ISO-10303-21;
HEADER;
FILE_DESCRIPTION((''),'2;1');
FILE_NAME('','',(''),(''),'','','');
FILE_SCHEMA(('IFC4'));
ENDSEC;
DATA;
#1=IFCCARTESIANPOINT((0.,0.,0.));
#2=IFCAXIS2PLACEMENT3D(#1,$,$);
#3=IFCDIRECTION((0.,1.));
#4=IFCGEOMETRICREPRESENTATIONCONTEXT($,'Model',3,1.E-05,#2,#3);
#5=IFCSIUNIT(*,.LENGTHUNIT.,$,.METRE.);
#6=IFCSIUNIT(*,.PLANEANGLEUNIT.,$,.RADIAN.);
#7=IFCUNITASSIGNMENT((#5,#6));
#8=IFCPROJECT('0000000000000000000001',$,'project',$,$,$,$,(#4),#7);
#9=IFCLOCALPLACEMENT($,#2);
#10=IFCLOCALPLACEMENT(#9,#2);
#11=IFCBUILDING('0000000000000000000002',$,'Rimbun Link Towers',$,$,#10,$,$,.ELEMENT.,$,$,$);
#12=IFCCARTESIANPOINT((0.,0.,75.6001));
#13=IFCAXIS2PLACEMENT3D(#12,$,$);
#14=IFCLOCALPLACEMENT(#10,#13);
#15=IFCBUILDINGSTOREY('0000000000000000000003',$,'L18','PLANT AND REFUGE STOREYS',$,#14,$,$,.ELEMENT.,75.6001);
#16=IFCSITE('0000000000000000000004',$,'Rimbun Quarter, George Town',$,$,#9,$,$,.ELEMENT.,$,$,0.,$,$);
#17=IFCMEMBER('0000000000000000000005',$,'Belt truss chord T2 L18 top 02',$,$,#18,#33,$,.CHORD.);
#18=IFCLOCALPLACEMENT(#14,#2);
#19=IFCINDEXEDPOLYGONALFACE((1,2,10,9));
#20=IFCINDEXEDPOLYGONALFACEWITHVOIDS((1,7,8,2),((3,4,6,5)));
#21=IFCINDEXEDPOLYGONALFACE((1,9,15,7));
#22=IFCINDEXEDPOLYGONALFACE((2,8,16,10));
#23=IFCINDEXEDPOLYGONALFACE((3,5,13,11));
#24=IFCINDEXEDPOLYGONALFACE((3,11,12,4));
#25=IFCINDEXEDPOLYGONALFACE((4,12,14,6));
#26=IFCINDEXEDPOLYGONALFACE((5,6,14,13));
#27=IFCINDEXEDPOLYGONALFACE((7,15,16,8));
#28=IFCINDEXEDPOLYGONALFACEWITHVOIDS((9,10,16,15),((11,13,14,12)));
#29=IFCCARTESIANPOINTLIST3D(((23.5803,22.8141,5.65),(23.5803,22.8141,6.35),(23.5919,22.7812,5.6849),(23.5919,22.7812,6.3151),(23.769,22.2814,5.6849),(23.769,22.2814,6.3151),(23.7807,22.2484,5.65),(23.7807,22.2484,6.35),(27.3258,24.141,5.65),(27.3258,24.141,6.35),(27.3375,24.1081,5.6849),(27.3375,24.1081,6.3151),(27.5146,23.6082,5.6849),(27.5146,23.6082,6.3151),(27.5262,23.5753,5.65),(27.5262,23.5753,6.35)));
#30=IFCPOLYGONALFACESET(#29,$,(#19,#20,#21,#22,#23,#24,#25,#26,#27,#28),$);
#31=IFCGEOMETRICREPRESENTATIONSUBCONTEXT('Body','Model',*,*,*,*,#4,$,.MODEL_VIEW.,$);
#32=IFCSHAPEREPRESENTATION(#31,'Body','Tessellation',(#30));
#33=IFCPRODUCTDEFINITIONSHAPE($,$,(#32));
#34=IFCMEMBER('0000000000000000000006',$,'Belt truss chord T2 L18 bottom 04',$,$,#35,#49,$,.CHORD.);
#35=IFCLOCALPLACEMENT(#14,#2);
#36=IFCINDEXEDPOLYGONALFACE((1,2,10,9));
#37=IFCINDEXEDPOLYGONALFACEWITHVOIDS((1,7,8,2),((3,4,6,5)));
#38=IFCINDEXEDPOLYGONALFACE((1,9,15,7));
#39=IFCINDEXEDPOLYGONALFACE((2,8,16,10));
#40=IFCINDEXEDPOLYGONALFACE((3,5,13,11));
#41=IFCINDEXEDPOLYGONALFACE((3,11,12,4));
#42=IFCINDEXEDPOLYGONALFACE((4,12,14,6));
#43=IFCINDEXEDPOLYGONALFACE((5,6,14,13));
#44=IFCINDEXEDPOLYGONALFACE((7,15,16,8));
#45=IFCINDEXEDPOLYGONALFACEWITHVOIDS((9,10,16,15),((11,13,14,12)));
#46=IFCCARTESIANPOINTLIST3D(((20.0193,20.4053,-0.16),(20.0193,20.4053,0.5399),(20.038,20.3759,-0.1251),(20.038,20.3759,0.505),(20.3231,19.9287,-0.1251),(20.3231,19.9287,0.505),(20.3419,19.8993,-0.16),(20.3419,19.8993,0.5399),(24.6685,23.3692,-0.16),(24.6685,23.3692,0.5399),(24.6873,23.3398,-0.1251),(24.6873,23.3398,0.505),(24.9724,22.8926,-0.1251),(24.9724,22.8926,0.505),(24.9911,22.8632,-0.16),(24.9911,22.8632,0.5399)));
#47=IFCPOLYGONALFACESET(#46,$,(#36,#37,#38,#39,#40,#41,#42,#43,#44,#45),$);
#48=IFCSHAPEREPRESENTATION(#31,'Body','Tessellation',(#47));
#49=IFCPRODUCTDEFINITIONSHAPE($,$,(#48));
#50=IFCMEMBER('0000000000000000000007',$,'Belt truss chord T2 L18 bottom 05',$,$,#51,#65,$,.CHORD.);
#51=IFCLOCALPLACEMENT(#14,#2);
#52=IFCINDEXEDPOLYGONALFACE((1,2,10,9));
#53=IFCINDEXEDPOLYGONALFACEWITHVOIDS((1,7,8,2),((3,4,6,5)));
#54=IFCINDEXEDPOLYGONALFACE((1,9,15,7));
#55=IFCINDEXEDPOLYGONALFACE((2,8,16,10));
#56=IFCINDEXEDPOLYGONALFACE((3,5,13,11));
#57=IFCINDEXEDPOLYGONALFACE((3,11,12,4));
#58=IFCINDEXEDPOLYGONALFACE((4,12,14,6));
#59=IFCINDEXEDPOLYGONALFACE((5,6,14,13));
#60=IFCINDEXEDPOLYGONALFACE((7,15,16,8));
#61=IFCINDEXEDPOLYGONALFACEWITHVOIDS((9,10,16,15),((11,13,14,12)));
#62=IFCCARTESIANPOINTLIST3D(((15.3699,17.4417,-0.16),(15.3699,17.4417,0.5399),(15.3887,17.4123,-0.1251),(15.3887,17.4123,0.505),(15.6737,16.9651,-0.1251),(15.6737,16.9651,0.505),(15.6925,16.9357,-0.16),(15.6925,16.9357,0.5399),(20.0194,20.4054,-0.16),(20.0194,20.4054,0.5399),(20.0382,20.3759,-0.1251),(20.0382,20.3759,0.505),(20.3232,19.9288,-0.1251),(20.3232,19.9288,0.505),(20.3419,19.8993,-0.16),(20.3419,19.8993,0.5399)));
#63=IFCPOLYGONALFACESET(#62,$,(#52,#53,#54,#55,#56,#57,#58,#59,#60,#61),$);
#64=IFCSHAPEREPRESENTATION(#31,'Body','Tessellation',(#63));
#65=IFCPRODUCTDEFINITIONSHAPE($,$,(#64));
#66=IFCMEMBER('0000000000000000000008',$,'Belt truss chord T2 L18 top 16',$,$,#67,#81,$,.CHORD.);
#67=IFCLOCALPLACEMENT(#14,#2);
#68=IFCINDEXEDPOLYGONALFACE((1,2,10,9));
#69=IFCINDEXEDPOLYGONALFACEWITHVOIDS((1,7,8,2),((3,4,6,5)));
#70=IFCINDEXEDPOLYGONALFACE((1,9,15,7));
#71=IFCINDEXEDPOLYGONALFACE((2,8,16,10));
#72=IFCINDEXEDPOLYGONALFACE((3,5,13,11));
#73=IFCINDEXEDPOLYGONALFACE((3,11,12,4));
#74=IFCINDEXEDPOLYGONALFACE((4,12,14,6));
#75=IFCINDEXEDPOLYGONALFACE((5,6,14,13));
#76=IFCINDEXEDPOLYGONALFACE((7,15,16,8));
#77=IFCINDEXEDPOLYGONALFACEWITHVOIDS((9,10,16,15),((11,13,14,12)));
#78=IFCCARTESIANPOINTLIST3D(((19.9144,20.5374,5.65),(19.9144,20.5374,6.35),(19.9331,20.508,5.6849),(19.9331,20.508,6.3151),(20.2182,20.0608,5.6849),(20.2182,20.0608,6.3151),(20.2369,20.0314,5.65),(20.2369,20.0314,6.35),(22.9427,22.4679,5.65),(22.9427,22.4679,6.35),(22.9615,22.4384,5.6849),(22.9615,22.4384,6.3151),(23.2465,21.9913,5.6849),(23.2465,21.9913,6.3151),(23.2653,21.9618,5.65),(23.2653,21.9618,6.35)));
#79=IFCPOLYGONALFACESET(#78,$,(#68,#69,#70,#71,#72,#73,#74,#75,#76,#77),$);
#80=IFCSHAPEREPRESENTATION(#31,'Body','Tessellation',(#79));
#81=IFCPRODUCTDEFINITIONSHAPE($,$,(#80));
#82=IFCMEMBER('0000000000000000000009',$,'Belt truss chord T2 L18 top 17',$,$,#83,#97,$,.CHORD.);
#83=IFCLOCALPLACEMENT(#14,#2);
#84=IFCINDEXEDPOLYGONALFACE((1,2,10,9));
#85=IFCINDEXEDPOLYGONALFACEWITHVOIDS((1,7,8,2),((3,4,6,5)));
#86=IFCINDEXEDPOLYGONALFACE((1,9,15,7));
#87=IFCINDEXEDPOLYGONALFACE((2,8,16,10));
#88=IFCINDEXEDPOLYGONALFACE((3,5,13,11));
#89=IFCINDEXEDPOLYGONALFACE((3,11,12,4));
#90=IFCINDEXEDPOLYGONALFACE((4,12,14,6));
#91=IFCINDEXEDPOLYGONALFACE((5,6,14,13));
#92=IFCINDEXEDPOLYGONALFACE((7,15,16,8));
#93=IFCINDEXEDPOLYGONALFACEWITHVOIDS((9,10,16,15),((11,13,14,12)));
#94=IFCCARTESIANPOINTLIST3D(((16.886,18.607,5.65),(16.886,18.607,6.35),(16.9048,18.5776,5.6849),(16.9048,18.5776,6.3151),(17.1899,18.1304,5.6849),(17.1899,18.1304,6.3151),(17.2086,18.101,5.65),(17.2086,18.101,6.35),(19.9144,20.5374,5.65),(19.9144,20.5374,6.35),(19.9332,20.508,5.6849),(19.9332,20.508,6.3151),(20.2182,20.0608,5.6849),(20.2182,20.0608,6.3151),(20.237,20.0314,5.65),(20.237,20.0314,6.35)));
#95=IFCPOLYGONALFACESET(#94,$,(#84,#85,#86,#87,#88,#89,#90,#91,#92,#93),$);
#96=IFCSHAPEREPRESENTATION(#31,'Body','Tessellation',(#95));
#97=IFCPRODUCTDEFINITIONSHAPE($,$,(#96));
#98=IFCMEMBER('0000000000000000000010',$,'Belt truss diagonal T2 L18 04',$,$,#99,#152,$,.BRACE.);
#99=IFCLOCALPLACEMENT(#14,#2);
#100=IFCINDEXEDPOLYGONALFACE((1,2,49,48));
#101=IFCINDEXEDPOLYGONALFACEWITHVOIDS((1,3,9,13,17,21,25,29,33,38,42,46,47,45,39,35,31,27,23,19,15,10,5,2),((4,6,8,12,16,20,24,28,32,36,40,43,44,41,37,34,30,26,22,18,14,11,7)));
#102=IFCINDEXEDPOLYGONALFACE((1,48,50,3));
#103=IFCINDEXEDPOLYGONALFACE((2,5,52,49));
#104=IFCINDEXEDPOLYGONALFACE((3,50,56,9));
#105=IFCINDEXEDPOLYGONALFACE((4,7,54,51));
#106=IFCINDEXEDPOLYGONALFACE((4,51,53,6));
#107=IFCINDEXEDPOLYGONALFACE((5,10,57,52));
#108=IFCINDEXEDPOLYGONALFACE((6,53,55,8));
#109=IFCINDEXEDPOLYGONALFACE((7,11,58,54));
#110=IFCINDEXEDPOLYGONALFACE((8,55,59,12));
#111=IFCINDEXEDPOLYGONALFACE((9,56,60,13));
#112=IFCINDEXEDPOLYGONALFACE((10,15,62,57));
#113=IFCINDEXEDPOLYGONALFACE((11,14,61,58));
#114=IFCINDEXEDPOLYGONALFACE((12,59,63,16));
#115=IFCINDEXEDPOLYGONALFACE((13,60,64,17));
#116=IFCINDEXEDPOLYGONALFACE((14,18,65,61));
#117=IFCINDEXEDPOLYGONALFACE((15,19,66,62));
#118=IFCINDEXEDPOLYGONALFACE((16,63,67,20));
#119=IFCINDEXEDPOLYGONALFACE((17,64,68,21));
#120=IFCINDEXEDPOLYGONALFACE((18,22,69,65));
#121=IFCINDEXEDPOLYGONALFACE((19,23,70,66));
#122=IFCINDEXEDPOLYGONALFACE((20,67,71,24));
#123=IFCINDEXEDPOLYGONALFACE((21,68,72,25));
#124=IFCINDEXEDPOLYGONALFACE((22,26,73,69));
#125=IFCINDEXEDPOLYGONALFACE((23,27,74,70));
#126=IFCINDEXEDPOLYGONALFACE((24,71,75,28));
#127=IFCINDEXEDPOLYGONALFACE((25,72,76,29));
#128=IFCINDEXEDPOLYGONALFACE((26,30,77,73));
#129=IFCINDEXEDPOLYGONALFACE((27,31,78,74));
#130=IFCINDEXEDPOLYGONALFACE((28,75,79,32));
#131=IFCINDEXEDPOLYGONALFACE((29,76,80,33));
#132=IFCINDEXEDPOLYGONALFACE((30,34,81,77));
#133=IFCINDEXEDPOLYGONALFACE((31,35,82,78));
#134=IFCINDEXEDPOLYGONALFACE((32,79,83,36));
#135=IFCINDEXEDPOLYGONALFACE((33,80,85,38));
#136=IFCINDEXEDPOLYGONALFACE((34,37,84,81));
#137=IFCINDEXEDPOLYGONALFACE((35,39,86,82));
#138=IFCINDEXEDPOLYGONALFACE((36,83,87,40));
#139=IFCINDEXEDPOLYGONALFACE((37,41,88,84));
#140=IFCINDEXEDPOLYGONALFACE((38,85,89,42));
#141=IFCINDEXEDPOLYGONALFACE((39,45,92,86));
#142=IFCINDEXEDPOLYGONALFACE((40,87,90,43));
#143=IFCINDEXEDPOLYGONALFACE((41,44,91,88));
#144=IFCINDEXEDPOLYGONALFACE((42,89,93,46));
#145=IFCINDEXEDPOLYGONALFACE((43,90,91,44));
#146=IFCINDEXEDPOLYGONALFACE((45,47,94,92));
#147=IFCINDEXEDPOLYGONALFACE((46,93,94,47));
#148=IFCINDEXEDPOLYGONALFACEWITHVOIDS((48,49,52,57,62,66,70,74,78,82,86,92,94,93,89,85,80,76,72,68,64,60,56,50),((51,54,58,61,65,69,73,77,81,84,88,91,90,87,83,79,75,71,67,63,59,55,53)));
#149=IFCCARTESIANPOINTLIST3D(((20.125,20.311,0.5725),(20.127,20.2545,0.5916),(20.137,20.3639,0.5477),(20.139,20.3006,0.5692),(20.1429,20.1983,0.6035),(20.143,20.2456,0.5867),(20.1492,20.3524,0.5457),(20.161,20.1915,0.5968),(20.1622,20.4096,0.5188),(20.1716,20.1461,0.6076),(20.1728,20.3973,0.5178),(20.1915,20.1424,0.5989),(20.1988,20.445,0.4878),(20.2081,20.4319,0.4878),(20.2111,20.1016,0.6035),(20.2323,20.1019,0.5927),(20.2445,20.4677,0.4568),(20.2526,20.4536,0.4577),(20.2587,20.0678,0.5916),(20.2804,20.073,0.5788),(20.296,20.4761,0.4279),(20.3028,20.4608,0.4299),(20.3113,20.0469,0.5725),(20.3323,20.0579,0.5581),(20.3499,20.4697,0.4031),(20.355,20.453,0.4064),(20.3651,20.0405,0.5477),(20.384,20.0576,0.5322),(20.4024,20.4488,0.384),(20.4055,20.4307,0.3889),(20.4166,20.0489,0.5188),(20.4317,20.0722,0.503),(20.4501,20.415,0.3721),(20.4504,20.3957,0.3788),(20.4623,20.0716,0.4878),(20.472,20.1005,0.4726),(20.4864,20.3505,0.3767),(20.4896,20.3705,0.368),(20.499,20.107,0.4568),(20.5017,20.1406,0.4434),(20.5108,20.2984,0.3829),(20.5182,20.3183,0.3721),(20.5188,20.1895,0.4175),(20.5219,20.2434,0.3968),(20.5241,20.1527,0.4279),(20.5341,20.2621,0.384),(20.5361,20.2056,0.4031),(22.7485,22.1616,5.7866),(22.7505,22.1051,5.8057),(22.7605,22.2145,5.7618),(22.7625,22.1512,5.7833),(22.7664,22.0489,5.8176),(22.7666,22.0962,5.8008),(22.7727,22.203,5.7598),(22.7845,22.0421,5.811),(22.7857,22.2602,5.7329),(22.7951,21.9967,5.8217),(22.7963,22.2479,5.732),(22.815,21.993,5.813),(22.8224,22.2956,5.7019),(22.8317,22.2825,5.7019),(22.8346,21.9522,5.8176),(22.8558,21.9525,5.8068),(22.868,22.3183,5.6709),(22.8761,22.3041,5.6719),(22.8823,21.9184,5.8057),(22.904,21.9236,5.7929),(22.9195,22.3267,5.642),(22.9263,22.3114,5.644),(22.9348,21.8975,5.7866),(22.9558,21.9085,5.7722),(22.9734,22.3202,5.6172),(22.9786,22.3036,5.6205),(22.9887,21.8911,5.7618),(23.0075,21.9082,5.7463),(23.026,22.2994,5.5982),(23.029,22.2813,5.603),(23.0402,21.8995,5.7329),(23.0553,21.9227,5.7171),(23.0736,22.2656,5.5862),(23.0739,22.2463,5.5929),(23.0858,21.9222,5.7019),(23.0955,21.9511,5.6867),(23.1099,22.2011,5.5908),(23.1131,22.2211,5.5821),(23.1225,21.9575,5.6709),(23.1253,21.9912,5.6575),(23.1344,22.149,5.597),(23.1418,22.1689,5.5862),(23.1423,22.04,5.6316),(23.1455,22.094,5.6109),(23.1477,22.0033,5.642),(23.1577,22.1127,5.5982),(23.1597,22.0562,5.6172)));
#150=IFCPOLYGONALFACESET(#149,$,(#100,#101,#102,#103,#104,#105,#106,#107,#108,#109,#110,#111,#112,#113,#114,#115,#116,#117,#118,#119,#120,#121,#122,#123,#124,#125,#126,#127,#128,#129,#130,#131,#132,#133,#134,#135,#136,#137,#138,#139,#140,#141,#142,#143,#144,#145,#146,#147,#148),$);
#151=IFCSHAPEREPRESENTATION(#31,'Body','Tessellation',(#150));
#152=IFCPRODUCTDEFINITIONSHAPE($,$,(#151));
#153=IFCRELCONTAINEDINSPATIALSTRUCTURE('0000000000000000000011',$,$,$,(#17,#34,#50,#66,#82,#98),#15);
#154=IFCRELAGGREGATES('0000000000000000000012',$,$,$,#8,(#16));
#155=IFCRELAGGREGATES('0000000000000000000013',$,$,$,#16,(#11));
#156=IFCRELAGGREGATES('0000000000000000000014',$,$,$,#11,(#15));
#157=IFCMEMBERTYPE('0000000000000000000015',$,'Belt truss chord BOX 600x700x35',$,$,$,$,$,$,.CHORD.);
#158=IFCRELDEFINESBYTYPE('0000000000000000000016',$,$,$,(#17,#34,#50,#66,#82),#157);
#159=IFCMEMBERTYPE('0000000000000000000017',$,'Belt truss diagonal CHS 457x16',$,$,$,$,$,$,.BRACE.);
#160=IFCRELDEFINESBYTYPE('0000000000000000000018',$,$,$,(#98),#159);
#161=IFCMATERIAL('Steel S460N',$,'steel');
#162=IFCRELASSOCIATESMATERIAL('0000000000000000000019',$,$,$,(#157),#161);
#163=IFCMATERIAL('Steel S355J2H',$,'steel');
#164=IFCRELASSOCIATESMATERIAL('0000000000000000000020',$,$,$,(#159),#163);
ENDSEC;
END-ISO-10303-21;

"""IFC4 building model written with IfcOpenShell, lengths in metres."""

from ifc_helpers import new_model, si_unit, direction, frame, origin, origin_2d, place, context, subcontext, project, spatial, hollow_rectangle, hollow_circle, extrude, material, material_profile, profile_set, type_object, element, save


model = new_model("IFC4")

# Units and contexts
model_context = context("Model", 3, precision=1e-05, world=origin(), true_north=direction((0.0, 1.0)))
body_context = subcontext(model_context, "Body", "Model", "MODEL_VIEW")
ifc_project = project(units=[si_unit("LENGTHUNIT", "METRE"), si_unit("PLANEANGLEUNIT", "RADIAN")], contexts=[model_context])

# Site, building, storey
site_placement = place(None, origin())
site = spatial("IfcSite", under=ifc_project, at=site_placement, Name="Rimbun Quarter, George Town", CompositionType="ELEMENT", RefElevation=0.0)
building_placement = place(site_placement, origin())
building = spatial("IfcBuilding", under=site, at=building_placement, Name="Rimbun Link Towers", CompositionType="ELEMENT")
storey_placement = place(building_placement, frame((0.0, 0.0, 75.6001)))
storey = spatial("IfcBuildingStorey", under=building, at=storey_placement, Name="L18", Description="PLANT AND REFUGE STOREYS", CompositionType="ELEMENT", Elevation=75.6001)

# Members
ifc_material_1 = material(Name="Steel S460N", Category="steel")
ifc_material_profile_1 = material_profile(ifc_material_1, hollow_rectangle(XDim=0.6001, YDim=0.7, WallThickness=0.0349, at=origin_2d()), Name="Belt truss chord BOX 600x700x35")
ifc_profile_set_1 = profile_set([ifc_material_profile_1], Name="Steel S460N")
member_type_1 = type_object("IfcMemberType", Name="Belt truss chord BOX 600x700x35", PredefinedType="CHORD", material=ifc_profile_set_1)
member_1_placement = place(storey_placement, frame((27.426, 23.8582, 6.0), z_axis=(-0.942601, -0.333922, 0.0), x_axis=(0.333922, -0.942601, 0.0)))
element("IfcMember", 1, at=member_1_placement, inside=storey, type_object=member_type_1, Name="Belt truss chord T2 L18 top 02", PredefinedType="CHORD", context=body_context, shape_type="SweptSolid", body=[
    extrude(hollow_rectangle(XDim=0.6001, YDim=0.7, WallThickness=0.0349, at=origin_2d()), origin(), (0.0, 0.0, 1.0), 3.9736),
])
for number, where, z_axis, x_axis, name in (
    (2, (24.8298, 23.1162, 0.1899), (-0.843225, -0.53756, 0.0), (0.53756, -0.843225, 0.0), "Belt truss chord T2 L18 bottom 04"),
    (3, (20.1807, 20.1523, 0.1899), (-0.843258, -0.537509, 0.0), (0.537509, -0.843258, 0.0), "Belt truss chord T2 L18 bottom 05"),
):
    element("IfcMember", number, at=place(storey_placement, frame(where, z_axis=z_axis, x_axis=x_axis)), inside=storey, type_object=member_type_1, Name=name, PredefinedType="CHORD", context=body_context, shape_type="SweptSolid", body=[
        extrude(hollow_rectangle(XDim=0.6001, YDim=0.7, WallThickness=0.0349, at=origin_2d()), origin(), (0.0, 0.0, 1.0), 5.5137),
    ])
for number, where, z_axis, x_axis, name in (
    (4, (23.104, 22.2148, 6.0), (-0.843244, -0.537531, 0.0), (0.537531, -0.843244, 0.0), "Belt truss chord T2 L18 top 16"),
    (5, (20.0757, 20.2844, 6.0), (-0.843244, -0.537531, 0.0), (0.537531, -0.843244, 0.0), "Belt truss chord T2 L18 top 17"),
):
    element("IfcMember", number, at=place(storey_placement, frame(where, z_axis=z_axis, x_axis=x_axis)), inside=storey, type_object=member_type_1, Name=name, PredefinedType="CHORD", context=body_context, shape_type="SweptSolid", body=[
        extrude(hollow_rectangle(XDim=0.6001, YDim=0.7, WallThickness=0.0349, at=origin_2d()), origin(), (0.0, 0.0, 1.0), 3.5913),
    ])
ifc_material_2 = material(Name="Steel S355J2H", Category="steel")
ifc_material_profile_2 = material_profile(ifc_material_2, hollow_circle(Radius=0.2285, WallThickness=0.0161, at=origin_2d()), Name="Belt truss diagonal CHS 457x16")
ifc_profile_set_2 = profile_set([ifc_material_profile_2], Name="Steel S355J2H")
member_type_2 = type_object("IfcMemberType", Name="Belt truss diagonal CHS 457x16", PredefinedType="BRACE", material=ifc_profile_set_2)
member_2_placement = place(storey_placement, frame((20.3306, 20.2583, 0.4878), z_axis=(0.428453, 0.302221, 0.851523), x_axis=(-0.576408, 0.817162, 0.0)))
element("IfcMember", 6, at=member_2_placement, inside=storey, type_object=member_type_2, Name="Belt truss diagonal T2 L18 04", PredefinedType="BRACE", context=body_context, shape_type="SweptSolid", body=[
    extrude(hollow_circle(Radius=0.2285, WallThickness=0.0161, at=origin_2d()), origin(), (0.0, 0.0, 1.0), 6.1233),
])

save(model, "model.ifc")
